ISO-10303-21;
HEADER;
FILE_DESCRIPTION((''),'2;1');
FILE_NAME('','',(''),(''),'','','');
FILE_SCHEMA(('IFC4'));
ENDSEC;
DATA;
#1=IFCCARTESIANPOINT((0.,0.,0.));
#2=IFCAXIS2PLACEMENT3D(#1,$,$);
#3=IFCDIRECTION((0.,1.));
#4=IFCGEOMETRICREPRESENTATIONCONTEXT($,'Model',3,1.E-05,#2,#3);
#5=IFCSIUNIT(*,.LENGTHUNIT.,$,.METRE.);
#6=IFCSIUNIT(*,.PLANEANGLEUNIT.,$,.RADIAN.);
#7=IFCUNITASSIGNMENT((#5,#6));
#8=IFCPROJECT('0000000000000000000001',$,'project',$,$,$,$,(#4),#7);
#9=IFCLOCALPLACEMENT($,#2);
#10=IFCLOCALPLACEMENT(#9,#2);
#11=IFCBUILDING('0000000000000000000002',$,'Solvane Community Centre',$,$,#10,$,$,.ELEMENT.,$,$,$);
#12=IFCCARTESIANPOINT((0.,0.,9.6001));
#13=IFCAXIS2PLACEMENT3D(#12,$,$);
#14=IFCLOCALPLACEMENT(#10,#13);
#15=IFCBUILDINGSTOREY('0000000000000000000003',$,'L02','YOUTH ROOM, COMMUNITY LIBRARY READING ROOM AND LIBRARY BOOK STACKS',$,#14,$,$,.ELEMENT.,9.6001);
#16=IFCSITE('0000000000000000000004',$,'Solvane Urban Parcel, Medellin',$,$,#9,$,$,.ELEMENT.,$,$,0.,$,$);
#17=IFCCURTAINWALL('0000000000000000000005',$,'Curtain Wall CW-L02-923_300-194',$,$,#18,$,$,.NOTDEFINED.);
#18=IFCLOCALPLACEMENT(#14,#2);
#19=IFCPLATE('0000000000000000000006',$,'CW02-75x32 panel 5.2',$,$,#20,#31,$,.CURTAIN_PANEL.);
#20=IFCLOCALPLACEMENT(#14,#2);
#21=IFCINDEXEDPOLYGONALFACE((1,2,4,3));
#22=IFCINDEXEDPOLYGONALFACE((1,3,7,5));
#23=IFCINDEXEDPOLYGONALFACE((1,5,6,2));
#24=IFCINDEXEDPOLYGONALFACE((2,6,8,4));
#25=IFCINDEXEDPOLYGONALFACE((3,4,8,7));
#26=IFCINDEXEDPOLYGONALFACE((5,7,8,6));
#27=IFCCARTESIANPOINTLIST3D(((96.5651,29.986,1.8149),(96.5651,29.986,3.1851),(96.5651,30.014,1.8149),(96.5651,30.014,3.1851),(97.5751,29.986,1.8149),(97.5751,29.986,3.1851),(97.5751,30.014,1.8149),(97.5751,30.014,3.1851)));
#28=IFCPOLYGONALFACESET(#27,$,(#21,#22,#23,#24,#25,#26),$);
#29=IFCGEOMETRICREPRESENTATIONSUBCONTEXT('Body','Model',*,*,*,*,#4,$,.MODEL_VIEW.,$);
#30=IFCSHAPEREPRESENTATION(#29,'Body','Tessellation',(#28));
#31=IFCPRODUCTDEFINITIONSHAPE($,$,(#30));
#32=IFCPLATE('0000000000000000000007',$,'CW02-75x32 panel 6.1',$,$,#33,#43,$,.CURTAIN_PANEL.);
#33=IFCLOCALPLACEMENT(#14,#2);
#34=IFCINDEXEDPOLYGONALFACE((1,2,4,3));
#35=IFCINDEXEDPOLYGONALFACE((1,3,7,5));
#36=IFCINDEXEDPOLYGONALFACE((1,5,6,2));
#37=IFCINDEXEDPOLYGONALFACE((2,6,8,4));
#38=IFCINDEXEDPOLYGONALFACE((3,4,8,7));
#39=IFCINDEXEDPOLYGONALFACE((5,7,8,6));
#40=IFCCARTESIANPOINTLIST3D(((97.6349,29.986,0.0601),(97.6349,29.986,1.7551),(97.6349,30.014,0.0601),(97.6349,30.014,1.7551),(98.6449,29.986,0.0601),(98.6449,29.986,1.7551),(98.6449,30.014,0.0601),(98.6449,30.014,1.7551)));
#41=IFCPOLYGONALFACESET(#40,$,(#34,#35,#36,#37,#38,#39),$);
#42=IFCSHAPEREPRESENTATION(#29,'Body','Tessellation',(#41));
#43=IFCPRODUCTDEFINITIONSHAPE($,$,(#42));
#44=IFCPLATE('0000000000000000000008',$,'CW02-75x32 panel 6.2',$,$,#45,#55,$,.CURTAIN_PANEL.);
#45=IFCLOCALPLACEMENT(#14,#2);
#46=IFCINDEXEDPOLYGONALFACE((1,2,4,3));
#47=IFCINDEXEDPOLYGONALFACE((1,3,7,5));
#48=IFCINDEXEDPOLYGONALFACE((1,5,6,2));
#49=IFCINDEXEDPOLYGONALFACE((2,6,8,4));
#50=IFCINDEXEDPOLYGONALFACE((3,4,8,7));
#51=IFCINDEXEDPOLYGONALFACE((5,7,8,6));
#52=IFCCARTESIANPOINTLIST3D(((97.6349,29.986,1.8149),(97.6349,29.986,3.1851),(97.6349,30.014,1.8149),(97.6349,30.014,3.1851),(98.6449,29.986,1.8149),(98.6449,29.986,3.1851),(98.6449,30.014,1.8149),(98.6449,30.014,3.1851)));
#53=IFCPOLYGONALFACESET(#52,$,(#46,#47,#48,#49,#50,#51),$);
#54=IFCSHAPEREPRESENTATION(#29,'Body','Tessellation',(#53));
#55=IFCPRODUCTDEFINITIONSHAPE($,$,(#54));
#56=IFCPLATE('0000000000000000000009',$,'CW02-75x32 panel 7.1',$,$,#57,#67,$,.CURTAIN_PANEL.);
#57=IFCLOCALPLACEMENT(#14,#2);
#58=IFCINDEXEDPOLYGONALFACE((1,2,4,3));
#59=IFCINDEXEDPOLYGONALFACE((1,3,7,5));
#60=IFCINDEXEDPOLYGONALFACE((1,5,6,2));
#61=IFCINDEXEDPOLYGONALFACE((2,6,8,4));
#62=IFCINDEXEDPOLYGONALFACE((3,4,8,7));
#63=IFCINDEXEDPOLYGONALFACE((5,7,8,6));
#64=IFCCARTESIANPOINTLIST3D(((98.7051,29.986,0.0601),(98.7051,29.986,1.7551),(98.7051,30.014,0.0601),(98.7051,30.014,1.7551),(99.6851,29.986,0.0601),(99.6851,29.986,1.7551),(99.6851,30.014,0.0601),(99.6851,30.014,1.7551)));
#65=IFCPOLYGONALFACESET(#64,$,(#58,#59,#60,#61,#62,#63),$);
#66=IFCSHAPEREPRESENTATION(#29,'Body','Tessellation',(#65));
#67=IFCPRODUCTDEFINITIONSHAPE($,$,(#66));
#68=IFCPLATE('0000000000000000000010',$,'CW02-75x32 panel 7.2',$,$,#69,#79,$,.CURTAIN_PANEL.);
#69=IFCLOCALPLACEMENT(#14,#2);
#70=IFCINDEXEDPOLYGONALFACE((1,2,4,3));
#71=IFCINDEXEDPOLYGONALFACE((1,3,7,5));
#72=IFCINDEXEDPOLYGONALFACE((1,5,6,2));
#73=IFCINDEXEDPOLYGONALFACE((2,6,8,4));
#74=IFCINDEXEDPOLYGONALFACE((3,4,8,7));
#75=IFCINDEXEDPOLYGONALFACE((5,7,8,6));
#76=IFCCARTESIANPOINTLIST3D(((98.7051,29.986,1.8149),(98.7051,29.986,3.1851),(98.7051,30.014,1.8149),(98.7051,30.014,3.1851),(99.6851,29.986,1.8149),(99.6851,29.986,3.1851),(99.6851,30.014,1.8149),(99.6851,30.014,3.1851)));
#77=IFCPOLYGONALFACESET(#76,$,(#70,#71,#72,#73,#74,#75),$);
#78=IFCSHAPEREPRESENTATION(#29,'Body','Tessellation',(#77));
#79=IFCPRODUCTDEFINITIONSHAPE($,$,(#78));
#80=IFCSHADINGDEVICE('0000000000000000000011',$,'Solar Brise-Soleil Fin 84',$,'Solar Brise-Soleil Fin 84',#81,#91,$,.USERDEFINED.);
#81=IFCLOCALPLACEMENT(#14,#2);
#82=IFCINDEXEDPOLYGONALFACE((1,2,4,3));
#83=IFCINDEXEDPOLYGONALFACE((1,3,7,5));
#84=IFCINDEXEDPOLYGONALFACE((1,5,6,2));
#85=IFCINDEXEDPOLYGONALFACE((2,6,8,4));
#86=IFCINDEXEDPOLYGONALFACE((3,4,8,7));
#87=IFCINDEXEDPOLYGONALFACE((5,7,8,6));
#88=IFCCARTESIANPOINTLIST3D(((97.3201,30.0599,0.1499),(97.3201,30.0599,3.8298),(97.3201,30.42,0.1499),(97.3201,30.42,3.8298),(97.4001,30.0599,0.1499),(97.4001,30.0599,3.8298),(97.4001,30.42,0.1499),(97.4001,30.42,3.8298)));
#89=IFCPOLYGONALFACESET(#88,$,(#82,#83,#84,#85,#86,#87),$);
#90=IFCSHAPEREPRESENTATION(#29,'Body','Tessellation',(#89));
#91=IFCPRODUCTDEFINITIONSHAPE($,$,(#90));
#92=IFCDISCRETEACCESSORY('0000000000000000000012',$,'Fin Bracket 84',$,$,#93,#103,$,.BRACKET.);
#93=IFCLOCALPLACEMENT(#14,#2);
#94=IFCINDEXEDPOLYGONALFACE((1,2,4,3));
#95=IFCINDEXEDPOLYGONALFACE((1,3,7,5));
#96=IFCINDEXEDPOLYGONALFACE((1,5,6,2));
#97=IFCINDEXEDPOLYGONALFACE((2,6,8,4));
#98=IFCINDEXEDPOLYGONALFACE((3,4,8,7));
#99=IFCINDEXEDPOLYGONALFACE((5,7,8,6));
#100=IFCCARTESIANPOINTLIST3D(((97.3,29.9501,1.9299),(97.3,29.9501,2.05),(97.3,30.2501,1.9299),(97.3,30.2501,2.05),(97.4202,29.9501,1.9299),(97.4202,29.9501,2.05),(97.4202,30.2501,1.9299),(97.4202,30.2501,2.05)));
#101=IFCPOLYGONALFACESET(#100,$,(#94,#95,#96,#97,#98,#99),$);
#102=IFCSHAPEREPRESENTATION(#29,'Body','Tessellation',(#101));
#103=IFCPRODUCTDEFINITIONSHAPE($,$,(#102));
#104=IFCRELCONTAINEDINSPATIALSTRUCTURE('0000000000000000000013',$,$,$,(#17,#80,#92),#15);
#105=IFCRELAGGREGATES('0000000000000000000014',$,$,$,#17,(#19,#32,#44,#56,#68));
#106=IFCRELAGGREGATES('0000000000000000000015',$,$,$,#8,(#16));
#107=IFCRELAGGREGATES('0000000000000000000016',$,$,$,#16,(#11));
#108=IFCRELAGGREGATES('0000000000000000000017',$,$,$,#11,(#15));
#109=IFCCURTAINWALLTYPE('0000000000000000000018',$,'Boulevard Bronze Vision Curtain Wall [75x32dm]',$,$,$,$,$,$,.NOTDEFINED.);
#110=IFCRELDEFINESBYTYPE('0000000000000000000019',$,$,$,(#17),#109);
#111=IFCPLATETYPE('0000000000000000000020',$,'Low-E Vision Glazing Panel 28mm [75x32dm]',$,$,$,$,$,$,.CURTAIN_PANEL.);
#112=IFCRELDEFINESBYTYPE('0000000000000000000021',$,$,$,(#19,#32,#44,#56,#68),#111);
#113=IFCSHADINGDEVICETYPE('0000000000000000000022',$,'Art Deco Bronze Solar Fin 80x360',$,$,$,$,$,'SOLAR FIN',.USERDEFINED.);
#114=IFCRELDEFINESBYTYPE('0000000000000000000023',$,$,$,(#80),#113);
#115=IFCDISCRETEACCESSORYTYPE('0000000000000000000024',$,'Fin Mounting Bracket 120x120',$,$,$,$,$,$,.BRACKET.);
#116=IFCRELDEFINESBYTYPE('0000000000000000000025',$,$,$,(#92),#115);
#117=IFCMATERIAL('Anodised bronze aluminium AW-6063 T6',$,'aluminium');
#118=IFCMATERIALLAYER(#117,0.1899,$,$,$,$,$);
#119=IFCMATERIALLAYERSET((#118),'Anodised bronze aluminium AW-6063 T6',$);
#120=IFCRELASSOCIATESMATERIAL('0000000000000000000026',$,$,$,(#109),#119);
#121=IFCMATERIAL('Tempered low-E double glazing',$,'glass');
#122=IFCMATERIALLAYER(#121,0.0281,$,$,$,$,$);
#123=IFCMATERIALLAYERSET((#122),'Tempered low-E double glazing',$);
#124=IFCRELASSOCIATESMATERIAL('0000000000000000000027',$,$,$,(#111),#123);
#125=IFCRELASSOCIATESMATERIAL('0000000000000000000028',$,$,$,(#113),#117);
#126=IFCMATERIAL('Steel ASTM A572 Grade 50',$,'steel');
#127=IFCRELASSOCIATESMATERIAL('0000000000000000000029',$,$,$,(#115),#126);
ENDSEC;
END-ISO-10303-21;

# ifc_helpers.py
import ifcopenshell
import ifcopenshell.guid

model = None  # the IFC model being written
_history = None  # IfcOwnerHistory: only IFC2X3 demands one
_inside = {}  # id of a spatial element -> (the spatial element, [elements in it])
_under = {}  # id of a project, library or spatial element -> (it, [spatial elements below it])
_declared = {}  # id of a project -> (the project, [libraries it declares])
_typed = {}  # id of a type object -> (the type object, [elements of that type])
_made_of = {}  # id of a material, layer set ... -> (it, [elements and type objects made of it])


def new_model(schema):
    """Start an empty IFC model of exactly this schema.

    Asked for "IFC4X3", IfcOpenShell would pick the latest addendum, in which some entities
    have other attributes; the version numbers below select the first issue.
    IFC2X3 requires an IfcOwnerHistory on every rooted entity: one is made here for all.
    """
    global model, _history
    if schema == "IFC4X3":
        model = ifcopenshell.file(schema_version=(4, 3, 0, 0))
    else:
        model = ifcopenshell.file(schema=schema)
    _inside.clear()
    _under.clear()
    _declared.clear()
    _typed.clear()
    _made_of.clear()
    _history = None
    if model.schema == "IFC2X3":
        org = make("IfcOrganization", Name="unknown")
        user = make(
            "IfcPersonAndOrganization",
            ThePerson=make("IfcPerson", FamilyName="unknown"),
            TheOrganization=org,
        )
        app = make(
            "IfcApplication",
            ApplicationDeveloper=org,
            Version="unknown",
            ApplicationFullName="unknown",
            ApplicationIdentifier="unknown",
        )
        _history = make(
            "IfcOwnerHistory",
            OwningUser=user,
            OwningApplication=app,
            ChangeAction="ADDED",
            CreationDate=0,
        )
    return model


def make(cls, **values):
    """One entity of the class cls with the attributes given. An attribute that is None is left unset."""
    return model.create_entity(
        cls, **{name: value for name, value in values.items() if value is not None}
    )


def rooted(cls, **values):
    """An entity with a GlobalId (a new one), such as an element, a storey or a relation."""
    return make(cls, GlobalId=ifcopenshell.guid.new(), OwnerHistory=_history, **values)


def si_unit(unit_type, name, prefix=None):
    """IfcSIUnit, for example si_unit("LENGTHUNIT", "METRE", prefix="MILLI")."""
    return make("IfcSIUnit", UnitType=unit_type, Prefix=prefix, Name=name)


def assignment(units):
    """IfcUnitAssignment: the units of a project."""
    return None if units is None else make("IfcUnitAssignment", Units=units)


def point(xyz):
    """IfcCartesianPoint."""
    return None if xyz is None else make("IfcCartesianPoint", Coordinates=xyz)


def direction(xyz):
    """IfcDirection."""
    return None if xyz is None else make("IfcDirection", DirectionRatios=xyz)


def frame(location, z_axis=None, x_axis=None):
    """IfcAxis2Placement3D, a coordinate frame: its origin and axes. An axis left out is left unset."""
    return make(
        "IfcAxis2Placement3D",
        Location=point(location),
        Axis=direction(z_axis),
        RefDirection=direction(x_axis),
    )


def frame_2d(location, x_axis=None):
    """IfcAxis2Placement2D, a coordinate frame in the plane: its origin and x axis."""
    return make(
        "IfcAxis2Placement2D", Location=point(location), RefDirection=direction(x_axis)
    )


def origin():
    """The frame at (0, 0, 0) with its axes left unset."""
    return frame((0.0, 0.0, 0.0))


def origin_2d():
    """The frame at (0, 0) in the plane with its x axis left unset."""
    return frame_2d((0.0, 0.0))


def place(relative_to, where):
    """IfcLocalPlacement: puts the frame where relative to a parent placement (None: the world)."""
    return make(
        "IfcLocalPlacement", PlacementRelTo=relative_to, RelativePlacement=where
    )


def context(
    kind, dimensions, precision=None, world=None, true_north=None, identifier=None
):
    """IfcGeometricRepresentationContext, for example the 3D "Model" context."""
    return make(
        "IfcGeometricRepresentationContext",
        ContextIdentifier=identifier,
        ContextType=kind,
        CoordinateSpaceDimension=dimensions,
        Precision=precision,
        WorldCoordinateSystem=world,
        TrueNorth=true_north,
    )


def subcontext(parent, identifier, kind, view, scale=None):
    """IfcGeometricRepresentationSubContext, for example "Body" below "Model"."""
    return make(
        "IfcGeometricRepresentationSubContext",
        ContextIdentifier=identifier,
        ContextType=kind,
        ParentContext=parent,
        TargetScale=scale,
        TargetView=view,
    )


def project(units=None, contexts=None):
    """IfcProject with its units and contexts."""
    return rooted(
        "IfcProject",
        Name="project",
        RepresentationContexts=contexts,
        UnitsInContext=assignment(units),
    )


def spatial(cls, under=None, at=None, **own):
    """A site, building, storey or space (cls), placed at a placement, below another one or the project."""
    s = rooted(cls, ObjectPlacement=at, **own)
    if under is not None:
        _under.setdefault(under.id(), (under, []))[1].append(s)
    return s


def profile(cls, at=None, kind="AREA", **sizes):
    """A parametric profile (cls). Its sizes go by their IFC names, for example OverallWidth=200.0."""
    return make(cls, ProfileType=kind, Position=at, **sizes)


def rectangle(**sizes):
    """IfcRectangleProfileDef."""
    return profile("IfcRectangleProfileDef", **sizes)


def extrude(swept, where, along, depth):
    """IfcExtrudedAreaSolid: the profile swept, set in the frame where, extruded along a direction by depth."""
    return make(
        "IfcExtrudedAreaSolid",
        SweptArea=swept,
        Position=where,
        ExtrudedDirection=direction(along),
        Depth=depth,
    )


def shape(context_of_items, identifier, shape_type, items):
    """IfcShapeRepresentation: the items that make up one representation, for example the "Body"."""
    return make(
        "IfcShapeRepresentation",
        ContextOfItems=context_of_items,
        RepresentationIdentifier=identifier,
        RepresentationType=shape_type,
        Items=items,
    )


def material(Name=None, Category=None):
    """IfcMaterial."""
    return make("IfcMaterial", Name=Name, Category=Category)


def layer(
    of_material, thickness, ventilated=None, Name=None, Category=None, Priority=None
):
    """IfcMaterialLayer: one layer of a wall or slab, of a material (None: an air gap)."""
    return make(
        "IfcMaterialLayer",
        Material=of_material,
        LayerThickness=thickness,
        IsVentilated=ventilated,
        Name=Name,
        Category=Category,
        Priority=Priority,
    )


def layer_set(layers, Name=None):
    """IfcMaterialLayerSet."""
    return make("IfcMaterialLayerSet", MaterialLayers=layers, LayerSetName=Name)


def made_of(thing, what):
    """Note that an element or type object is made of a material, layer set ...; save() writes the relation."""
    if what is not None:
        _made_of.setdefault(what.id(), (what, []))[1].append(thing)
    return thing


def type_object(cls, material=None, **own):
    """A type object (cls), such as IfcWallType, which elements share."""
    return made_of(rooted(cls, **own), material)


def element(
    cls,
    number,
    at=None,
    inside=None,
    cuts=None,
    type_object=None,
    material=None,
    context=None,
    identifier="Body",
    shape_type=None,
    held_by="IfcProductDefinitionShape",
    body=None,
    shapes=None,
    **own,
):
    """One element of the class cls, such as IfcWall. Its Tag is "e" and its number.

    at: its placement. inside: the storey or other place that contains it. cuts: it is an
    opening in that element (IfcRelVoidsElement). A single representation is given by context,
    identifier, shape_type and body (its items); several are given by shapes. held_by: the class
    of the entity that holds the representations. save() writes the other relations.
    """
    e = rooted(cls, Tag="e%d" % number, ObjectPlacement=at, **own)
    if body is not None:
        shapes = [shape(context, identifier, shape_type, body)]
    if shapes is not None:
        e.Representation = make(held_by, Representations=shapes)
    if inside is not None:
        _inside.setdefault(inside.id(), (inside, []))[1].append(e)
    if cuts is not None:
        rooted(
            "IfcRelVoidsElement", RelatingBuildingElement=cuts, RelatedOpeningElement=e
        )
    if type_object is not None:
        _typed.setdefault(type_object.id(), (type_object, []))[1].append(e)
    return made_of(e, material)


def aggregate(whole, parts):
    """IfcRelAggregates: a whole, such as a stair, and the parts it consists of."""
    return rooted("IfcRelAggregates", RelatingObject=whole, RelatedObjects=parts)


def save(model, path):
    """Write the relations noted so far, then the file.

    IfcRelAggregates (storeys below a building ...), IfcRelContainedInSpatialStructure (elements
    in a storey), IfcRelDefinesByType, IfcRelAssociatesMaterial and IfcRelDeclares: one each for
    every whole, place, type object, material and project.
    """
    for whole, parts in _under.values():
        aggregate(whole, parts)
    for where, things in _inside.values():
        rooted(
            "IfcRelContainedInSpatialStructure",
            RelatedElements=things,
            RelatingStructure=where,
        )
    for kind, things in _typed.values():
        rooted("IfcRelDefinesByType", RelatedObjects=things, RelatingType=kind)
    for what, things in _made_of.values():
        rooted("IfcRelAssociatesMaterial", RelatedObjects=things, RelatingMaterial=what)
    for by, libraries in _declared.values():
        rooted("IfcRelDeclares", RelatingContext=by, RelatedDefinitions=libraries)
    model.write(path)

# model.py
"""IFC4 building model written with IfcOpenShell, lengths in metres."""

from ifc_helpers import new_model, si_unit, direction, frame, origin, origin_2d, place, context, subcontext, project, spatial, rectangle, extrude, material, layer, layer_set, type_object, element, aggregate, save


model = new_model("IFC4")

# Units and contexts
model_context = context("Model", 3, precision=1e-05, world=origin(), true_north=direction((0.0, 1.0)))
body_context = subcontext(model_context, "Body", "Model", "MODEL_VIEW")
ifc_project = project(units=[si_unit("LENGTHUNIT", "METRE"), si_unit("PLANEANGLEUNIT", "RADIAN")], contexts=[model_context])

# Site, building, storey
site_placement = place(None, origin())
site = spatial("IfcSite", under=ifc_project, at=site_placement, Name="Solvane Urban Parcel, Medellin", CompositionType="ELEMENT", RefElevation=0.0)
building_placement = place(site_placement, origin())
building = spatial("IfcBuilding", under=site, at=building_placement, Name="Solvane Community Centre", CompositionType="ELEMENT")
storey_placement = place(building_placement, frame((0.0, 0.0, 9.6001)))
storey = spatial("IfcBuildingStorey", under=building, at=storey_placement, Name="L02", Description="YOUTH ROOM, COMMUNITY LIBRARY READING ROOM AND LIBRARY BOOK STACKS", CompositionType="ELEMENT", Elevation=9.6001)

# Curtain wall
ifc_material_1 = material(Name="Anodised bronze aluminium AW-6063 T6", Category="aluminium")
ifc_layer_1 = layer(ifc_material_1, 0.1899)
ifc_layer_set_1 = layer_set([ifc_layer_1], Name="Anodised bronze aluminium AW-6063 T6")
curtain_wall_type = type_object("IfcCurtainWallType", Name="Boulevard Bronze Vision Curtain Wall [75x32dm]", PredefinedType="NOTDEFINED", material=ifc_layer_set_1)
curtain_wall_1_placement = place(storey_placement, origin())
curtain_wall_1 = element("IfcCurtainWall", 1, at=curtain_wall_1_placement, inside=storey, type_object=curtain_wall_type, Name="Curtain Wall CW-L02-923_300-194", PredefinedType="NOTDEFINED")

# Plates
ifc_material_2 = material(Name="Tempered low-E double glazing", Category="glass")
ifc_layer_2 = layer(ifc_material_2, 0.0281)
ifc_layer_set_2 = layer_set([ifc_layer_2], Name="Tempered low-E double glazing")
plate_type = type_object("IfcPlateType", Name="Low-E Vision Glazing Panel 28mm [75x32dm]", PredefinedType="CURTAIN_PANEL", material=ifc_layer_set_2)
plate_1_placement = place(storey_placement, frame((97.0701, 30.0, 1.8149), z_axis=(0.0, 0.0, 1.0), x_axis=(1.0, 0.0, 0.0)))
plate_1 = element("IfcPlate", 2, at=plate_1_placement, type_object=plate_type, Name="CW02-75x32 panel 5.2", PredefinedType="CURTAIN_PANEL", context=body_context, shape_type="SweptSolid", body=[
    extrude(rectangle(XDim=1.01, YDim=0.0281, at=origin_2d()), origin(), (0.0, 0.0, 1.0), 1.3701),
])
plate_2_placement = place(storey_placement, frame((98.1399, 30.0, 0.0601), z_axis=(0.0, 0.0, 1.0), x_axis=(1.0, 0.0, 0.0)))
plate_2 = element("IfcPlate", 3, at=plate_2_placement, type_object=plate_type, Name="CW02-75x32 panel 6.1", PredefinedType="CURTAIN_PANEL", context=body_context, shape_type="SweptSolid", body=[
    extrude(rectangle(XDim=1.01, YDim=0.0281, at=origin_2d()), origin(), (0.0, 0.0, 1.0), 1.6951),
])
plate_3_placement = place(storey_placement, frame((98.1399, 30.0, 1.8149), z_axis=(0.0, 0.0, 1.0), x_axis=(1.0, 0.0, 0.0)))
plate_3 = element("IfcPlate", 4, at=plate_3_placement, type_object=plate_type, Name="CW02-75x32 panel 6.2", PredefinedType="CURTAIN_PANEL", context=body_context, shape_type="SweptSolid", body=[
    extrude(rectangle(XDim=1.01, YDim=0.0281, at=origin_2d()), origin(), (0.0, 0.0, 1.0), 1.3701),
])
plate_4_placement = place(storey_placement, frame((99.1951, 30.0, 0.0601), z_axis=(0.0, 0.0, 1.0), x_axis=(1.0, 0.0, 0.0)))
plate_4 = element("IfcPlate", 5, at=plate_4_placement, type_object=plate_type, Name="CW02-75x32 panel 7.1", PredefinedType="CURTAIN_PANEL", context=body_context, shape_type="SweptSolid", body=[
    extrude(rectangle(XDim=0.98, YDim=0.0281, at=origin_2d()), origin(), (0.0, 0.0, 1.0), 1.6951),
])
plate_5_placement = place(storey_placement, frame((99.1951, 30.0, 1.8149), z_axis=(0.0, 0.0, 1.0), x_axis=(1.0, 0.0, 0.0)))
plate_5 = element("IfcPlate", 6, at=plate_5_placement, type_object=plate_type, Name="CW02-75x32 panel 7.2", PredefinedType="CURTAIN_PANEL", context=body_context, shape_type="SweptSolid", body=[
    extrude(rectangle(XDim=0.98, YDim=0.0281, at=origin_2d()), origin(), (0.0, 0.0, 1.0), 1.3701),
])
aggregate(curtain_wall_1, [plate_1, plate_2, plate_3, plate_4, plate_5])

# Shading device
shading_device_type = type_object("IfcShadingDeviceType", Name="Art Deco Bronze Solar Fin 80x360", ElementType="SOLAR FIN", PredefinedType="USERDEFINED", material=ifc_material_1)
shading_device_placement = place(storey_placement, frame((97.3601, 30.24, 0.1499), z_axis=(0.0, 0.0, 1.0), x_axis=(1.0, 0.0, 0.0)))
element("IfcShadingDevice", 7, at=shading_device_placement, inside=storey, type_object=shading_device_type, Name="Solar Brise-Soleil Fin 84", ObjectType="Solar Brise-Soleil Fin 84", PredefinedType="USERDEFINED", context=body_context, shape_type="SweptSolid", body=[
    extrude(rectangle(XDim=0.0801, YDim=0.3601, at=origin_2d()), origin(), (0.0, 0.0, 1.0), 3.6799),
])

# Discrete accessory
ifc_material_3 = material(Name="Steel ASTM A572 Grade 50", Category="steel")
discrete_accessory_type = type_object("IfcDiscreteAccessoryType", Name="Fin Mounting Bracket 120x120", PredefinedType="BRACKET", material=ifc_material_3)
discrete_accessory_placement = place(storey_placement, frame((97.3601, 30.1001, 1.9299), z_axis=(0.0, 0.0, 1.0), x_axis=(1.0, 0.0, 0.0)))
element("IfcDiscreteAccessory", 8, at=discrete_accessory_placement, inside=storey, type_object=discrete_accessory_type, Name="Fin Bracket 84", PredefinedType="BRACKET", context=body_context, shape_type="SweptSolid", body=[
    extrude(rectangle(XDim=0.1201, YDim=0.3, at=origin_2d()), origin(), (0.0, 0.0, 1.0), 0.1201),
])

save(model, "model.ifc")
